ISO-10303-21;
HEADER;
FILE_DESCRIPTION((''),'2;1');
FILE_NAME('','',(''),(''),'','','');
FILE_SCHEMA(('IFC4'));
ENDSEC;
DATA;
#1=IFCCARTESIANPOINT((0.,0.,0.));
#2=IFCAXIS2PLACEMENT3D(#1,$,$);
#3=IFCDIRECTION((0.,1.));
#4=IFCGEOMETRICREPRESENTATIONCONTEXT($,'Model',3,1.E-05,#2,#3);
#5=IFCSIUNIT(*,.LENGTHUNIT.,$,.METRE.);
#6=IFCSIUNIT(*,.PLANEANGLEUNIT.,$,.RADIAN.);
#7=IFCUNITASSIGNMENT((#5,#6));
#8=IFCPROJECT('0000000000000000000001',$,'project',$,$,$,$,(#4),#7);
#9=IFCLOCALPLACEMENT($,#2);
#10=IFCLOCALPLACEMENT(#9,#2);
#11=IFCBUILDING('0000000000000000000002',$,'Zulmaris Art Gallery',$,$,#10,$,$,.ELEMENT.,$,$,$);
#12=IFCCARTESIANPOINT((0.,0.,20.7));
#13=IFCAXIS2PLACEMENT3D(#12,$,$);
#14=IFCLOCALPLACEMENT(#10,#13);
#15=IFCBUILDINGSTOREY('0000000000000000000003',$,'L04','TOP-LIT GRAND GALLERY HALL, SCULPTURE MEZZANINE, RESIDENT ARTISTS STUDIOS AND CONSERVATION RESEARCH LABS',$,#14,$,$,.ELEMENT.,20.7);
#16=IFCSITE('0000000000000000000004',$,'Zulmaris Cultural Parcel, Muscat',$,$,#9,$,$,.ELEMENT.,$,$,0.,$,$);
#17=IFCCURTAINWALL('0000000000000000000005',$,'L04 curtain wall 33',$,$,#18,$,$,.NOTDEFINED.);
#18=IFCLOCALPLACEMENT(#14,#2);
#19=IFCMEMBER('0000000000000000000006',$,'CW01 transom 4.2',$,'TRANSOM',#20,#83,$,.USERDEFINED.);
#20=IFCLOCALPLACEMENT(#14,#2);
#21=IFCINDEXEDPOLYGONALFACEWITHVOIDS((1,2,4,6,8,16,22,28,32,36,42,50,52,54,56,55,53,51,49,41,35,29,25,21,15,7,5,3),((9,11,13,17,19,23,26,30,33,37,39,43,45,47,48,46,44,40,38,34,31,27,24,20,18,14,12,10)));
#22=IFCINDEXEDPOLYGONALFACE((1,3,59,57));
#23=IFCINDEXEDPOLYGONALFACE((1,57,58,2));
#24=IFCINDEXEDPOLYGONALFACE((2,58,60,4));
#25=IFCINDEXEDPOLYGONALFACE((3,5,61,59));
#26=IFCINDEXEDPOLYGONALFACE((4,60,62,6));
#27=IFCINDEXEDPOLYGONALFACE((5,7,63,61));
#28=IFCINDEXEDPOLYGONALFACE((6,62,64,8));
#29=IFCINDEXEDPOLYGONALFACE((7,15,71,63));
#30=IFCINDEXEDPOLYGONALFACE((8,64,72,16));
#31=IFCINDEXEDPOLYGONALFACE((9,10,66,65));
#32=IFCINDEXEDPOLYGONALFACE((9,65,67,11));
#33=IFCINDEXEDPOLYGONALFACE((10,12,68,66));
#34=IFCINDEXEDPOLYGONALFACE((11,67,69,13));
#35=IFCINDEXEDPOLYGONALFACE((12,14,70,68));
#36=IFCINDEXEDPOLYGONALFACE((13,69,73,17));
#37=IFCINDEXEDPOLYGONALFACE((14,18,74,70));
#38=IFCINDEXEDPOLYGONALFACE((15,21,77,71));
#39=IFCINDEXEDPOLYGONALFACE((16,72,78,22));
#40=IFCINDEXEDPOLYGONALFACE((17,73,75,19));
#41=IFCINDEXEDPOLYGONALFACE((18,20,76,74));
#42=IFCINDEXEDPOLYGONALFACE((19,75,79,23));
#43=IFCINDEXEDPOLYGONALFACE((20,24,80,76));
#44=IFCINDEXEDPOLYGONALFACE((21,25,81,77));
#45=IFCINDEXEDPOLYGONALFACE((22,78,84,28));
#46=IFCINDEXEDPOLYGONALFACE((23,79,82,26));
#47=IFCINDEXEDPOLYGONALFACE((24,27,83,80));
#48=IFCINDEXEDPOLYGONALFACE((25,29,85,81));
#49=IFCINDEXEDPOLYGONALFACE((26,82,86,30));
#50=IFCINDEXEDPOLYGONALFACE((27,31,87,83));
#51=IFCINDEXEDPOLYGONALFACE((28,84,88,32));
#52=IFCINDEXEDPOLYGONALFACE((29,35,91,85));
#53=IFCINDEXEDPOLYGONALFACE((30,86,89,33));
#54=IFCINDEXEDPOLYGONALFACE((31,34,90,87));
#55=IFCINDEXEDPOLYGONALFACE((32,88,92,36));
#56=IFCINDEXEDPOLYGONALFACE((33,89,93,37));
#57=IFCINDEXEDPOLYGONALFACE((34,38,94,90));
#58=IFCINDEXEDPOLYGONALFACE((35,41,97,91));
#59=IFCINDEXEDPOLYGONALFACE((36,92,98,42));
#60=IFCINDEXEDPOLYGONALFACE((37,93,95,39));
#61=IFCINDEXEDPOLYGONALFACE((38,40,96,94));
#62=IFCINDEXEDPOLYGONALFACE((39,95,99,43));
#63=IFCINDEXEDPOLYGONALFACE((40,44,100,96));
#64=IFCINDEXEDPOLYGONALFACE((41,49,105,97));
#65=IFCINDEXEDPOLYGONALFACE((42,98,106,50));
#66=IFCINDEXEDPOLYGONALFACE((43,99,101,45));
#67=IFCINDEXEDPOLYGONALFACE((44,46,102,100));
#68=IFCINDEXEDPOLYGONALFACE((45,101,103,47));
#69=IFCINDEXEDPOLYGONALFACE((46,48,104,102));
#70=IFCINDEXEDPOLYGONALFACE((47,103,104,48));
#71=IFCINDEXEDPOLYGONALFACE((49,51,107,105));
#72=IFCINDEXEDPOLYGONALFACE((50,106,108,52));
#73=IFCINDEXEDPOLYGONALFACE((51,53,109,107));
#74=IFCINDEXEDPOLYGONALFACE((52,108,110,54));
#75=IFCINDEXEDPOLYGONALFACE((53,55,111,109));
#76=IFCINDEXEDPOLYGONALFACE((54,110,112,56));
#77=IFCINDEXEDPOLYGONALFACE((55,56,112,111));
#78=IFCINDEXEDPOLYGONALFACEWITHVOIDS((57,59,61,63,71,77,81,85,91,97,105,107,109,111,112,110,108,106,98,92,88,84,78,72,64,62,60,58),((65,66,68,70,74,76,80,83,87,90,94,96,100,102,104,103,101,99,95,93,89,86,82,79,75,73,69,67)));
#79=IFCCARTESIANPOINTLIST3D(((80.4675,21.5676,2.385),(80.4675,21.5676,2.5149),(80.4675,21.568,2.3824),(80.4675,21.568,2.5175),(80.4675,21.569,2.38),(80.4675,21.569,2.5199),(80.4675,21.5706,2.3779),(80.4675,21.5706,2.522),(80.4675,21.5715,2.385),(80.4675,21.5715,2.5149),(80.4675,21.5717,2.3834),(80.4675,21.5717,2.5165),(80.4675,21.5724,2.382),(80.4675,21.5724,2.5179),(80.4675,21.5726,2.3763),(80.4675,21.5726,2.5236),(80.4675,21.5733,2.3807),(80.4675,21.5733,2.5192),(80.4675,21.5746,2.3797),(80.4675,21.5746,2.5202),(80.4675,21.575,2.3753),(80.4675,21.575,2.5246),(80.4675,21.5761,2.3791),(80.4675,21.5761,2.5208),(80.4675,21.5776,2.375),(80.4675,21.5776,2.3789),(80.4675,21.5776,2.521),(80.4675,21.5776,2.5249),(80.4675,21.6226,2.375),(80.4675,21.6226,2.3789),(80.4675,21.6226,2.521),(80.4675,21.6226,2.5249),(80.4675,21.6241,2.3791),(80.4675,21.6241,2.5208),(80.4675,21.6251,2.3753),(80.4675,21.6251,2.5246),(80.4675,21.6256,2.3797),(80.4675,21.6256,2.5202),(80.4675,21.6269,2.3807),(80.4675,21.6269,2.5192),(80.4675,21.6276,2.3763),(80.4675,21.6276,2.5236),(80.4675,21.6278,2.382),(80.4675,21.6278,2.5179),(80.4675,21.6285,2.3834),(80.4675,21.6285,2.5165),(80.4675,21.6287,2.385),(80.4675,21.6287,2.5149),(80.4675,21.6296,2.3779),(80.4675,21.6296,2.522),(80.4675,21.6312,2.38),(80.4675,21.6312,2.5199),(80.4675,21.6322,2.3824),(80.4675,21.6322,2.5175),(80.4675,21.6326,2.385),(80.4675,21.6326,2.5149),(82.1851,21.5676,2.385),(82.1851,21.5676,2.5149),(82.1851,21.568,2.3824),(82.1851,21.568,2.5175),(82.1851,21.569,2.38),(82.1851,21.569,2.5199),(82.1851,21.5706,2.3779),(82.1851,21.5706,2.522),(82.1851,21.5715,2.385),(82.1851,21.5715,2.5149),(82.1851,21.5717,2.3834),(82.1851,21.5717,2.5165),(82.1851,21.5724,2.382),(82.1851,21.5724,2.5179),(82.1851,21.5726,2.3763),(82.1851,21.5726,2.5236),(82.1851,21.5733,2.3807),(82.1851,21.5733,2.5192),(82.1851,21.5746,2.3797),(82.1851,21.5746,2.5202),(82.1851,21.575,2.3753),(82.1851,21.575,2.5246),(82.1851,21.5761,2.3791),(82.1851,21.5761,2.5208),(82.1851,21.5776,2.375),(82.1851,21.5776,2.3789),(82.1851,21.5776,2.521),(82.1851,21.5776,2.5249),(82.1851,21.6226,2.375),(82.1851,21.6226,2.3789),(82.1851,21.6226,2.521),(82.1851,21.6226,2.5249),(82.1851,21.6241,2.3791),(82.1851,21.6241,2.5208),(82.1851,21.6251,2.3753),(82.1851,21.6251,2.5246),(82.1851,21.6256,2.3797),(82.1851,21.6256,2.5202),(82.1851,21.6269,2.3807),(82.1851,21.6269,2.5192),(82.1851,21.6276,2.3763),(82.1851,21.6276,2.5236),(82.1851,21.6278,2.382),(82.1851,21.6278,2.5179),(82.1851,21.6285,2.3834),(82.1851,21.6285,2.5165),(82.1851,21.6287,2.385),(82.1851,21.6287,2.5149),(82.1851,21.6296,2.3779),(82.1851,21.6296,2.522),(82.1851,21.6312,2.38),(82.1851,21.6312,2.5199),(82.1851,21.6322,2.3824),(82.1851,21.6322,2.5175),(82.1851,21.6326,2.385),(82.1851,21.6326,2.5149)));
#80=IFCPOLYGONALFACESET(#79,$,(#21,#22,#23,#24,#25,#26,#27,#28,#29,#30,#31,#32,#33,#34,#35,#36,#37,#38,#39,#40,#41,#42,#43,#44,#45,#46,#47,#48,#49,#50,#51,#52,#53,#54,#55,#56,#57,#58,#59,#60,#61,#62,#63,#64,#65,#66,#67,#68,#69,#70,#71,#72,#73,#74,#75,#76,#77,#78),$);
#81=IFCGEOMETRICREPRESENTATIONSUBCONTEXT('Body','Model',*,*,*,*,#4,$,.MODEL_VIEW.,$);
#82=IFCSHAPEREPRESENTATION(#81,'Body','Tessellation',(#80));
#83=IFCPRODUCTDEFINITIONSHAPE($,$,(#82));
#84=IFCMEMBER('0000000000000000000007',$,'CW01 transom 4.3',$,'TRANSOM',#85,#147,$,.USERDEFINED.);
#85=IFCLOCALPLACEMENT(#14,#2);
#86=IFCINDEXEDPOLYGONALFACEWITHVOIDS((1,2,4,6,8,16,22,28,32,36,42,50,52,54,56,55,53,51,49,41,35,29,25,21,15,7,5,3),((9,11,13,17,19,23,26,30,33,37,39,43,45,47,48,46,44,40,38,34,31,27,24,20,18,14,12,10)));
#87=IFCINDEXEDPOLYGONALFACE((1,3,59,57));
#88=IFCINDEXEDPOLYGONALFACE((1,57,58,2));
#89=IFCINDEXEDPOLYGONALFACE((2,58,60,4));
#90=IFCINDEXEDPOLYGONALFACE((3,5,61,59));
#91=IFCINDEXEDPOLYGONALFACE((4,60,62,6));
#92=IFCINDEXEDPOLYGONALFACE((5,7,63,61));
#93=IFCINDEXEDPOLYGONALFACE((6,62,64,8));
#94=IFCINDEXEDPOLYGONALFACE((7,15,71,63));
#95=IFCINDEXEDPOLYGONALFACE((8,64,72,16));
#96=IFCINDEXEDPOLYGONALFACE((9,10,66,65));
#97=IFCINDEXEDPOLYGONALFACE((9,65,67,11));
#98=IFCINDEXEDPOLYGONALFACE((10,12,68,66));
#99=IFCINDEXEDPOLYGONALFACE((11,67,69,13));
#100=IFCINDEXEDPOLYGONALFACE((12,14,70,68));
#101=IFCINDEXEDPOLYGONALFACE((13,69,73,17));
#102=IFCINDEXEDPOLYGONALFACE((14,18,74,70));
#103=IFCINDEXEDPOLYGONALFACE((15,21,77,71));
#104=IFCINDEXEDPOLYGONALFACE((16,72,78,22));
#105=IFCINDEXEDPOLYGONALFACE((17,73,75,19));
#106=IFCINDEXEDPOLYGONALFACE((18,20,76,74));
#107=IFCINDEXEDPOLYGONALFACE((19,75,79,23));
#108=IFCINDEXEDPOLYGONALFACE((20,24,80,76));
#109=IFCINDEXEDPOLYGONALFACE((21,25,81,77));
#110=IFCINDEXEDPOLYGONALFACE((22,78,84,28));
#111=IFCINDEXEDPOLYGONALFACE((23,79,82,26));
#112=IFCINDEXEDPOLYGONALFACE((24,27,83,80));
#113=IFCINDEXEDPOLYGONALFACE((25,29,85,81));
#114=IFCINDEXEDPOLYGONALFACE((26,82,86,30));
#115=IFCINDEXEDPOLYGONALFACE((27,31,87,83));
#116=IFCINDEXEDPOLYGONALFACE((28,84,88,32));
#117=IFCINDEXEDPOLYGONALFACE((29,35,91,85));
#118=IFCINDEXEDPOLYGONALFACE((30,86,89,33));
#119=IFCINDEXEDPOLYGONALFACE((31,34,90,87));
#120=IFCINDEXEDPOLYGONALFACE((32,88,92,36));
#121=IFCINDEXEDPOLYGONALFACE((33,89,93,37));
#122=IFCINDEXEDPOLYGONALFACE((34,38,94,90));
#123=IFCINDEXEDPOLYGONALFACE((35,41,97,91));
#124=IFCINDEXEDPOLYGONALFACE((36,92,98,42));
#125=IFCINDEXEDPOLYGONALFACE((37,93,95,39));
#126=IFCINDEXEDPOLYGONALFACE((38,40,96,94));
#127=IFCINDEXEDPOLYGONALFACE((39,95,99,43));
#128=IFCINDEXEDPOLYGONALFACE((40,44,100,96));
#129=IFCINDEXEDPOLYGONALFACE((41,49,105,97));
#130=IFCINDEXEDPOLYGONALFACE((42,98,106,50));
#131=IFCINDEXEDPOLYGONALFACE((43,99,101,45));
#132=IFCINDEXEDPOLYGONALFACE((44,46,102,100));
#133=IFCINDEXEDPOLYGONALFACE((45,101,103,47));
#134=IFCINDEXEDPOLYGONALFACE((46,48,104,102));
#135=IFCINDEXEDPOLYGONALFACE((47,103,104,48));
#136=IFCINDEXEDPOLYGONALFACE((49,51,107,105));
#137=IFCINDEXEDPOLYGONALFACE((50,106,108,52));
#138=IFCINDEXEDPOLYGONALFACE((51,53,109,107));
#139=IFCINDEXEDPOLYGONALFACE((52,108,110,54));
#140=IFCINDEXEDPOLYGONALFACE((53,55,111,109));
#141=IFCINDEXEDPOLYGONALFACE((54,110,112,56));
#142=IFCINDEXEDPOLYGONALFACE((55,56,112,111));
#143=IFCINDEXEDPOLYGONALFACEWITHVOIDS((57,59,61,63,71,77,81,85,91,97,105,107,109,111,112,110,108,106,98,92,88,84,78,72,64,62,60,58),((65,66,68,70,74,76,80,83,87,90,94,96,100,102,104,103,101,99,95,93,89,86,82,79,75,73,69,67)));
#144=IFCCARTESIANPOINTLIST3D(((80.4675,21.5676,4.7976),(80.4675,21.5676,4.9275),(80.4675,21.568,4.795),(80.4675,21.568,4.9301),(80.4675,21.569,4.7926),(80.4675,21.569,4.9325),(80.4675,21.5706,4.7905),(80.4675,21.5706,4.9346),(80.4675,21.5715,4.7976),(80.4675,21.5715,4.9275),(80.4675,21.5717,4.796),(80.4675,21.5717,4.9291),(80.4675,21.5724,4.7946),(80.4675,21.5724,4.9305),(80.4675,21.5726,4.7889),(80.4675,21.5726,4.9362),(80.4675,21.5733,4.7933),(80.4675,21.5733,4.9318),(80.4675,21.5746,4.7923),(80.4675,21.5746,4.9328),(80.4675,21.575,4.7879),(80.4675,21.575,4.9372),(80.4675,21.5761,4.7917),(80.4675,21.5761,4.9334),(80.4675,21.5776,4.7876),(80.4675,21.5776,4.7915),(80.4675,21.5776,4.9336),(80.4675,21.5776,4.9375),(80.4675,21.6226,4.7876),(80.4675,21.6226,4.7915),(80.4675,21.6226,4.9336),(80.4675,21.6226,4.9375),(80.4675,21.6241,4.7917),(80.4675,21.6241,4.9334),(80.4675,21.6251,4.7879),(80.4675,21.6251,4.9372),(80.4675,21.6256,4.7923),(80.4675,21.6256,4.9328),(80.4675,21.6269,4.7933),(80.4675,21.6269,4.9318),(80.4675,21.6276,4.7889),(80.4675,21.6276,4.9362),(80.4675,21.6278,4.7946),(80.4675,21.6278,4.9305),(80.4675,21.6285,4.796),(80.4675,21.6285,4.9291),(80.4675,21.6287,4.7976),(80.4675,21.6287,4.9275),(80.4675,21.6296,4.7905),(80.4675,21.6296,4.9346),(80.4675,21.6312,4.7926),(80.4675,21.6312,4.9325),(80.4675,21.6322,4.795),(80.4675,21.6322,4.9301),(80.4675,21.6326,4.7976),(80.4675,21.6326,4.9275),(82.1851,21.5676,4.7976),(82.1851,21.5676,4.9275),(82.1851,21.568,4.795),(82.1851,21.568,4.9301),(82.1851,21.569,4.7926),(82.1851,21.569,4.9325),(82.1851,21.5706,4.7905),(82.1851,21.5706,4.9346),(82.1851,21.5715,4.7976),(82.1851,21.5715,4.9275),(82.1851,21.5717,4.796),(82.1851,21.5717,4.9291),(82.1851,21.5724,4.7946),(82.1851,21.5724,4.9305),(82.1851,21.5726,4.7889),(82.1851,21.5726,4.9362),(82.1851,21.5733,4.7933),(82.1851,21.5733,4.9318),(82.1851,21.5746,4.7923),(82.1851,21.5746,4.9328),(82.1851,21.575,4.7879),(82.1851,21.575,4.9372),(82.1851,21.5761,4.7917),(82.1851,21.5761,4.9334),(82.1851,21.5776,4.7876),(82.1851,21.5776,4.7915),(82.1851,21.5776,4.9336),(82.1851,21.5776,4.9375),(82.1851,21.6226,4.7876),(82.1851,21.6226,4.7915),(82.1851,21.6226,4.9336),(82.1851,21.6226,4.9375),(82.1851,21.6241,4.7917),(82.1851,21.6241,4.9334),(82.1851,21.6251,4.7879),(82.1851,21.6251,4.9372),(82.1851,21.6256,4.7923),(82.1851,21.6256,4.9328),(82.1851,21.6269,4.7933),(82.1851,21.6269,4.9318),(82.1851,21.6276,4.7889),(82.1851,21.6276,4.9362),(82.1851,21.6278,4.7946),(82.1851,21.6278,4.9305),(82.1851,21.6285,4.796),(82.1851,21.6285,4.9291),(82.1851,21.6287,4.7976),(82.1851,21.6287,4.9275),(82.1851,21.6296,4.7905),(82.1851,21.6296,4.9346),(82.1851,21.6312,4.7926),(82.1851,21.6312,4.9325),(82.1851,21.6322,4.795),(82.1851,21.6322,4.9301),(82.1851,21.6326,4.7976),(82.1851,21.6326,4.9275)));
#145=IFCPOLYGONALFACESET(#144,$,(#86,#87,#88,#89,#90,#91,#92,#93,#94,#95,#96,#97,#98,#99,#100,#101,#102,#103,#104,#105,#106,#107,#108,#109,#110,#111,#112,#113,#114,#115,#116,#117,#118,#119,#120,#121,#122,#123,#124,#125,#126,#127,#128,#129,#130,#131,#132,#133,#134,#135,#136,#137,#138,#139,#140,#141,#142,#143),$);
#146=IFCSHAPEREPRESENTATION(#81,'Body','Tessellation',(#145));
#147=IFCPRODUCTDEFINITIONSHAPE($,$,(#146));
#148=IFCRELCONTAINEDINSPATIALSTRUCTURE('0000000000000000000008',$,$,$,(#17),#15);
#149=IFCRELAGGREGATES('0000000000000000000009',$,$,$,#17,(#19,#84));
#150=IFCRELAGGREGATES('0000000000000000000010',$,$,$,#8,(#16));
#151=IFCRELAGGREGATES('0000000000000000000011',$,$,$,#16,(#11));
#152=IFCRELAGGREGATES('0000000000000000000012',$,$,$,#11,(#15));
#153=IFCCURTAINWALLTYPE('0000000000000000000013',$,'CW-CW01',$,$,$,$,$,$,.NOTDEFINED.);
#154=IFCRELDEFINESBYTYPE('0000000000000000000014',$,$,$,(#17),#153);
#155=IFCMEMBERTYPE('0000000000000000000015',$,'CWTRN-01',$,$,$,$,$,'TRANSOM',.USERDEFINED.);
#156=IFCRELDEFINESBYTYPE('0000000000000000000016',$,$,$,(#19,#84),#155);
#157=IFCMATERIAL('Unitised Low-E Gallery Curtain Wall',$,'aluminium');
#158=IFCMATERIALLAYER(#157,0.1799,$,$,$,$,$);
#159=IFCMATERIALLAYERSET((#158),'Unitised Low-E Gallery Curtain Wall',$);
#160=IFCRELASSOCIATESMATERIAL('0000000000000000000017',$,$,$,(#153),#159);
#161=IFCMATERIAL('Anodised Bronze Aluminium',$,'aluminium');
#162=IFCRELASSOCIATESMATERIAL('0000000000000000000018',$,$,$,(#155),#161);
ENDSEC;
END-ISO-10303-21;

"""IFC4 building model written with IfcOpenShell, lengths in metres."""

from ifc_helpers import new_model, si_unit, direction, frame, origin, origin_2d, place, context, subcontext, project, spatial, hollow_rectangle, extrude, material, layer, layer_set, material_profile, profile_set, type_object, element, aggregate, save


model = new_model("IFC4")

# Units and contexts
model_context = context("Model", 3, precision=1e-05, world=origin(), true_north=direction((0.0, 1.0)))
body_context = subcontext(model_context, "Body", "Model", "MODEL_VIEW")
ifc_project = project(units=[si_unit("LENGTHUNIT", "METRE"), si_unit("PLANEANGLEUNIT", "RADIAN")], contexts=[model_context])

# Site, building, storey
site_placement = place(None, origin())
site = spatial("IfcSite", under=ifc_project, at=site_placement, Name="Zulmaris Cultural Parcel, Muscat", CompositionType="ELEMENT", RefElevation=0.0)
building_placement = place(site_placement, origin())
building = spatial("IfcBuilding", under=site, at=building_placement, Name="Zulmaris Art Gallery", CompositionType="ELEMENT")
storey_placement = place(building_placement, frame((0.0, 0.0, 20.7)))
storey = spatial("IfcBuildingStorey", under=building, at=storey_placement, Name="L04", Description="TOP-LIT GRAND GALLERY HALL, SCULPTURE MEZZANINE, RESIDENT ARTISTS STUDIOS AND CONSERVATION RESEARCH LABS", CompositionType="ELEMENT", Elevation=20.7)

# Curtain wall
ifc_material_1 = material(Name="Unitised Low-E Gallery Curtain Wall", Category="aluminium")
ifc_layer_1 = layer(ifc_material_1, 0.1799)
ifc_layer_set_1 = layer_set([ifc_layer_1], Name="Unitised Low-E Gallery Curtain Wall")
curtain_wall_type_1 = type_object("IfcCurtainWallType", Name="CW-CW01", PredefinedType="NOTDEFINED", material=ifc_layer_set_1)
curtain_wall_1_placement = place(storey_placement, origin())
curtain_wall_1 = element("IfcCurtainWall", 1, at=curtain_wall_1_placement, inside=storey, type_object=curtain_wall_type_1, Name="L04 curtain wall 33", PredefinedType="NOTDEFINED")
ifc_material_2 = material(Name="Anodised Bronze Aluminium", Category="aluminium")

# Members
ifc_material_profile_1 = material_profile(ifc_material_2, hollow_rectangle(XDim=0.0649, YDim=0.1499, WallThickness=0.0039, InnerFilletRadius=0.0061, OuterFilletRadius=0.01, at=origin_2d()), Name="ALU 65x150x4")
ifc_profile_set_1 = profile_set([ifc_material_profile_1], Name="Anodised Bronze Aluminium")
member_type_1 = type_object("IfcMemberType", Name="CWTRN-01", ElementType="TRANSOM", PredefinedType="USERDEFINED", material=ifc_profile_set_1)
member_1_placement = place(storey_placement, frame((80.4675, 21.6001, 2.45), z_axis=(1.0, 0.0, 0.0), x_axis=(0.0, 1.0, 0.0)))
member_1 = element("IfcMember", 2, at=member_1_placement, type_object=member_type_1, Name="CW01 transom 4.2", ObjectType="TRANSOM", PredefinedType="USERDEFINED", context=body_context, shape_type="SweptSolid", body=[
    extrude(hollow_rectangle(XDim=0.0649, YDim=0.1499, WallThickness=0.0039, InnerFilletRadius=0.0061, OuterFilletRadius=0.01, at=origin_2d()), origin(), (0.0, 0.0, 1.0), 1.7175),
])
member_2_placement = place(storey_placement, frame((80.4675, 21.6001, 4.8625), z_axis=(1.0, 0.0, 0.0), x_axis=(0.0, 1.0, 0.0)))
member_2 = element("IfcMember", 3, at=member_2_placement, type_object=member_type_1, Name="CW01 transom 4.3", ObjectType="TRANSOM", PredefinedType="USERDEFINED", context=body_context, shape_type="SweptSolid", body=[
    extrude(hollow_rectangle(XDim=0.0649, YDim=0.1499, WallThickness=0.0039, InnerFilletRadius=0.0061, OuterFilletRadius=0.01, at=origin_2d()), origin(), (0.0, 0.0, 1.0), 1.7175),
])

aggregate(curtain_wall_1, [member_1, member_2])

save(model, "model.ifc")
